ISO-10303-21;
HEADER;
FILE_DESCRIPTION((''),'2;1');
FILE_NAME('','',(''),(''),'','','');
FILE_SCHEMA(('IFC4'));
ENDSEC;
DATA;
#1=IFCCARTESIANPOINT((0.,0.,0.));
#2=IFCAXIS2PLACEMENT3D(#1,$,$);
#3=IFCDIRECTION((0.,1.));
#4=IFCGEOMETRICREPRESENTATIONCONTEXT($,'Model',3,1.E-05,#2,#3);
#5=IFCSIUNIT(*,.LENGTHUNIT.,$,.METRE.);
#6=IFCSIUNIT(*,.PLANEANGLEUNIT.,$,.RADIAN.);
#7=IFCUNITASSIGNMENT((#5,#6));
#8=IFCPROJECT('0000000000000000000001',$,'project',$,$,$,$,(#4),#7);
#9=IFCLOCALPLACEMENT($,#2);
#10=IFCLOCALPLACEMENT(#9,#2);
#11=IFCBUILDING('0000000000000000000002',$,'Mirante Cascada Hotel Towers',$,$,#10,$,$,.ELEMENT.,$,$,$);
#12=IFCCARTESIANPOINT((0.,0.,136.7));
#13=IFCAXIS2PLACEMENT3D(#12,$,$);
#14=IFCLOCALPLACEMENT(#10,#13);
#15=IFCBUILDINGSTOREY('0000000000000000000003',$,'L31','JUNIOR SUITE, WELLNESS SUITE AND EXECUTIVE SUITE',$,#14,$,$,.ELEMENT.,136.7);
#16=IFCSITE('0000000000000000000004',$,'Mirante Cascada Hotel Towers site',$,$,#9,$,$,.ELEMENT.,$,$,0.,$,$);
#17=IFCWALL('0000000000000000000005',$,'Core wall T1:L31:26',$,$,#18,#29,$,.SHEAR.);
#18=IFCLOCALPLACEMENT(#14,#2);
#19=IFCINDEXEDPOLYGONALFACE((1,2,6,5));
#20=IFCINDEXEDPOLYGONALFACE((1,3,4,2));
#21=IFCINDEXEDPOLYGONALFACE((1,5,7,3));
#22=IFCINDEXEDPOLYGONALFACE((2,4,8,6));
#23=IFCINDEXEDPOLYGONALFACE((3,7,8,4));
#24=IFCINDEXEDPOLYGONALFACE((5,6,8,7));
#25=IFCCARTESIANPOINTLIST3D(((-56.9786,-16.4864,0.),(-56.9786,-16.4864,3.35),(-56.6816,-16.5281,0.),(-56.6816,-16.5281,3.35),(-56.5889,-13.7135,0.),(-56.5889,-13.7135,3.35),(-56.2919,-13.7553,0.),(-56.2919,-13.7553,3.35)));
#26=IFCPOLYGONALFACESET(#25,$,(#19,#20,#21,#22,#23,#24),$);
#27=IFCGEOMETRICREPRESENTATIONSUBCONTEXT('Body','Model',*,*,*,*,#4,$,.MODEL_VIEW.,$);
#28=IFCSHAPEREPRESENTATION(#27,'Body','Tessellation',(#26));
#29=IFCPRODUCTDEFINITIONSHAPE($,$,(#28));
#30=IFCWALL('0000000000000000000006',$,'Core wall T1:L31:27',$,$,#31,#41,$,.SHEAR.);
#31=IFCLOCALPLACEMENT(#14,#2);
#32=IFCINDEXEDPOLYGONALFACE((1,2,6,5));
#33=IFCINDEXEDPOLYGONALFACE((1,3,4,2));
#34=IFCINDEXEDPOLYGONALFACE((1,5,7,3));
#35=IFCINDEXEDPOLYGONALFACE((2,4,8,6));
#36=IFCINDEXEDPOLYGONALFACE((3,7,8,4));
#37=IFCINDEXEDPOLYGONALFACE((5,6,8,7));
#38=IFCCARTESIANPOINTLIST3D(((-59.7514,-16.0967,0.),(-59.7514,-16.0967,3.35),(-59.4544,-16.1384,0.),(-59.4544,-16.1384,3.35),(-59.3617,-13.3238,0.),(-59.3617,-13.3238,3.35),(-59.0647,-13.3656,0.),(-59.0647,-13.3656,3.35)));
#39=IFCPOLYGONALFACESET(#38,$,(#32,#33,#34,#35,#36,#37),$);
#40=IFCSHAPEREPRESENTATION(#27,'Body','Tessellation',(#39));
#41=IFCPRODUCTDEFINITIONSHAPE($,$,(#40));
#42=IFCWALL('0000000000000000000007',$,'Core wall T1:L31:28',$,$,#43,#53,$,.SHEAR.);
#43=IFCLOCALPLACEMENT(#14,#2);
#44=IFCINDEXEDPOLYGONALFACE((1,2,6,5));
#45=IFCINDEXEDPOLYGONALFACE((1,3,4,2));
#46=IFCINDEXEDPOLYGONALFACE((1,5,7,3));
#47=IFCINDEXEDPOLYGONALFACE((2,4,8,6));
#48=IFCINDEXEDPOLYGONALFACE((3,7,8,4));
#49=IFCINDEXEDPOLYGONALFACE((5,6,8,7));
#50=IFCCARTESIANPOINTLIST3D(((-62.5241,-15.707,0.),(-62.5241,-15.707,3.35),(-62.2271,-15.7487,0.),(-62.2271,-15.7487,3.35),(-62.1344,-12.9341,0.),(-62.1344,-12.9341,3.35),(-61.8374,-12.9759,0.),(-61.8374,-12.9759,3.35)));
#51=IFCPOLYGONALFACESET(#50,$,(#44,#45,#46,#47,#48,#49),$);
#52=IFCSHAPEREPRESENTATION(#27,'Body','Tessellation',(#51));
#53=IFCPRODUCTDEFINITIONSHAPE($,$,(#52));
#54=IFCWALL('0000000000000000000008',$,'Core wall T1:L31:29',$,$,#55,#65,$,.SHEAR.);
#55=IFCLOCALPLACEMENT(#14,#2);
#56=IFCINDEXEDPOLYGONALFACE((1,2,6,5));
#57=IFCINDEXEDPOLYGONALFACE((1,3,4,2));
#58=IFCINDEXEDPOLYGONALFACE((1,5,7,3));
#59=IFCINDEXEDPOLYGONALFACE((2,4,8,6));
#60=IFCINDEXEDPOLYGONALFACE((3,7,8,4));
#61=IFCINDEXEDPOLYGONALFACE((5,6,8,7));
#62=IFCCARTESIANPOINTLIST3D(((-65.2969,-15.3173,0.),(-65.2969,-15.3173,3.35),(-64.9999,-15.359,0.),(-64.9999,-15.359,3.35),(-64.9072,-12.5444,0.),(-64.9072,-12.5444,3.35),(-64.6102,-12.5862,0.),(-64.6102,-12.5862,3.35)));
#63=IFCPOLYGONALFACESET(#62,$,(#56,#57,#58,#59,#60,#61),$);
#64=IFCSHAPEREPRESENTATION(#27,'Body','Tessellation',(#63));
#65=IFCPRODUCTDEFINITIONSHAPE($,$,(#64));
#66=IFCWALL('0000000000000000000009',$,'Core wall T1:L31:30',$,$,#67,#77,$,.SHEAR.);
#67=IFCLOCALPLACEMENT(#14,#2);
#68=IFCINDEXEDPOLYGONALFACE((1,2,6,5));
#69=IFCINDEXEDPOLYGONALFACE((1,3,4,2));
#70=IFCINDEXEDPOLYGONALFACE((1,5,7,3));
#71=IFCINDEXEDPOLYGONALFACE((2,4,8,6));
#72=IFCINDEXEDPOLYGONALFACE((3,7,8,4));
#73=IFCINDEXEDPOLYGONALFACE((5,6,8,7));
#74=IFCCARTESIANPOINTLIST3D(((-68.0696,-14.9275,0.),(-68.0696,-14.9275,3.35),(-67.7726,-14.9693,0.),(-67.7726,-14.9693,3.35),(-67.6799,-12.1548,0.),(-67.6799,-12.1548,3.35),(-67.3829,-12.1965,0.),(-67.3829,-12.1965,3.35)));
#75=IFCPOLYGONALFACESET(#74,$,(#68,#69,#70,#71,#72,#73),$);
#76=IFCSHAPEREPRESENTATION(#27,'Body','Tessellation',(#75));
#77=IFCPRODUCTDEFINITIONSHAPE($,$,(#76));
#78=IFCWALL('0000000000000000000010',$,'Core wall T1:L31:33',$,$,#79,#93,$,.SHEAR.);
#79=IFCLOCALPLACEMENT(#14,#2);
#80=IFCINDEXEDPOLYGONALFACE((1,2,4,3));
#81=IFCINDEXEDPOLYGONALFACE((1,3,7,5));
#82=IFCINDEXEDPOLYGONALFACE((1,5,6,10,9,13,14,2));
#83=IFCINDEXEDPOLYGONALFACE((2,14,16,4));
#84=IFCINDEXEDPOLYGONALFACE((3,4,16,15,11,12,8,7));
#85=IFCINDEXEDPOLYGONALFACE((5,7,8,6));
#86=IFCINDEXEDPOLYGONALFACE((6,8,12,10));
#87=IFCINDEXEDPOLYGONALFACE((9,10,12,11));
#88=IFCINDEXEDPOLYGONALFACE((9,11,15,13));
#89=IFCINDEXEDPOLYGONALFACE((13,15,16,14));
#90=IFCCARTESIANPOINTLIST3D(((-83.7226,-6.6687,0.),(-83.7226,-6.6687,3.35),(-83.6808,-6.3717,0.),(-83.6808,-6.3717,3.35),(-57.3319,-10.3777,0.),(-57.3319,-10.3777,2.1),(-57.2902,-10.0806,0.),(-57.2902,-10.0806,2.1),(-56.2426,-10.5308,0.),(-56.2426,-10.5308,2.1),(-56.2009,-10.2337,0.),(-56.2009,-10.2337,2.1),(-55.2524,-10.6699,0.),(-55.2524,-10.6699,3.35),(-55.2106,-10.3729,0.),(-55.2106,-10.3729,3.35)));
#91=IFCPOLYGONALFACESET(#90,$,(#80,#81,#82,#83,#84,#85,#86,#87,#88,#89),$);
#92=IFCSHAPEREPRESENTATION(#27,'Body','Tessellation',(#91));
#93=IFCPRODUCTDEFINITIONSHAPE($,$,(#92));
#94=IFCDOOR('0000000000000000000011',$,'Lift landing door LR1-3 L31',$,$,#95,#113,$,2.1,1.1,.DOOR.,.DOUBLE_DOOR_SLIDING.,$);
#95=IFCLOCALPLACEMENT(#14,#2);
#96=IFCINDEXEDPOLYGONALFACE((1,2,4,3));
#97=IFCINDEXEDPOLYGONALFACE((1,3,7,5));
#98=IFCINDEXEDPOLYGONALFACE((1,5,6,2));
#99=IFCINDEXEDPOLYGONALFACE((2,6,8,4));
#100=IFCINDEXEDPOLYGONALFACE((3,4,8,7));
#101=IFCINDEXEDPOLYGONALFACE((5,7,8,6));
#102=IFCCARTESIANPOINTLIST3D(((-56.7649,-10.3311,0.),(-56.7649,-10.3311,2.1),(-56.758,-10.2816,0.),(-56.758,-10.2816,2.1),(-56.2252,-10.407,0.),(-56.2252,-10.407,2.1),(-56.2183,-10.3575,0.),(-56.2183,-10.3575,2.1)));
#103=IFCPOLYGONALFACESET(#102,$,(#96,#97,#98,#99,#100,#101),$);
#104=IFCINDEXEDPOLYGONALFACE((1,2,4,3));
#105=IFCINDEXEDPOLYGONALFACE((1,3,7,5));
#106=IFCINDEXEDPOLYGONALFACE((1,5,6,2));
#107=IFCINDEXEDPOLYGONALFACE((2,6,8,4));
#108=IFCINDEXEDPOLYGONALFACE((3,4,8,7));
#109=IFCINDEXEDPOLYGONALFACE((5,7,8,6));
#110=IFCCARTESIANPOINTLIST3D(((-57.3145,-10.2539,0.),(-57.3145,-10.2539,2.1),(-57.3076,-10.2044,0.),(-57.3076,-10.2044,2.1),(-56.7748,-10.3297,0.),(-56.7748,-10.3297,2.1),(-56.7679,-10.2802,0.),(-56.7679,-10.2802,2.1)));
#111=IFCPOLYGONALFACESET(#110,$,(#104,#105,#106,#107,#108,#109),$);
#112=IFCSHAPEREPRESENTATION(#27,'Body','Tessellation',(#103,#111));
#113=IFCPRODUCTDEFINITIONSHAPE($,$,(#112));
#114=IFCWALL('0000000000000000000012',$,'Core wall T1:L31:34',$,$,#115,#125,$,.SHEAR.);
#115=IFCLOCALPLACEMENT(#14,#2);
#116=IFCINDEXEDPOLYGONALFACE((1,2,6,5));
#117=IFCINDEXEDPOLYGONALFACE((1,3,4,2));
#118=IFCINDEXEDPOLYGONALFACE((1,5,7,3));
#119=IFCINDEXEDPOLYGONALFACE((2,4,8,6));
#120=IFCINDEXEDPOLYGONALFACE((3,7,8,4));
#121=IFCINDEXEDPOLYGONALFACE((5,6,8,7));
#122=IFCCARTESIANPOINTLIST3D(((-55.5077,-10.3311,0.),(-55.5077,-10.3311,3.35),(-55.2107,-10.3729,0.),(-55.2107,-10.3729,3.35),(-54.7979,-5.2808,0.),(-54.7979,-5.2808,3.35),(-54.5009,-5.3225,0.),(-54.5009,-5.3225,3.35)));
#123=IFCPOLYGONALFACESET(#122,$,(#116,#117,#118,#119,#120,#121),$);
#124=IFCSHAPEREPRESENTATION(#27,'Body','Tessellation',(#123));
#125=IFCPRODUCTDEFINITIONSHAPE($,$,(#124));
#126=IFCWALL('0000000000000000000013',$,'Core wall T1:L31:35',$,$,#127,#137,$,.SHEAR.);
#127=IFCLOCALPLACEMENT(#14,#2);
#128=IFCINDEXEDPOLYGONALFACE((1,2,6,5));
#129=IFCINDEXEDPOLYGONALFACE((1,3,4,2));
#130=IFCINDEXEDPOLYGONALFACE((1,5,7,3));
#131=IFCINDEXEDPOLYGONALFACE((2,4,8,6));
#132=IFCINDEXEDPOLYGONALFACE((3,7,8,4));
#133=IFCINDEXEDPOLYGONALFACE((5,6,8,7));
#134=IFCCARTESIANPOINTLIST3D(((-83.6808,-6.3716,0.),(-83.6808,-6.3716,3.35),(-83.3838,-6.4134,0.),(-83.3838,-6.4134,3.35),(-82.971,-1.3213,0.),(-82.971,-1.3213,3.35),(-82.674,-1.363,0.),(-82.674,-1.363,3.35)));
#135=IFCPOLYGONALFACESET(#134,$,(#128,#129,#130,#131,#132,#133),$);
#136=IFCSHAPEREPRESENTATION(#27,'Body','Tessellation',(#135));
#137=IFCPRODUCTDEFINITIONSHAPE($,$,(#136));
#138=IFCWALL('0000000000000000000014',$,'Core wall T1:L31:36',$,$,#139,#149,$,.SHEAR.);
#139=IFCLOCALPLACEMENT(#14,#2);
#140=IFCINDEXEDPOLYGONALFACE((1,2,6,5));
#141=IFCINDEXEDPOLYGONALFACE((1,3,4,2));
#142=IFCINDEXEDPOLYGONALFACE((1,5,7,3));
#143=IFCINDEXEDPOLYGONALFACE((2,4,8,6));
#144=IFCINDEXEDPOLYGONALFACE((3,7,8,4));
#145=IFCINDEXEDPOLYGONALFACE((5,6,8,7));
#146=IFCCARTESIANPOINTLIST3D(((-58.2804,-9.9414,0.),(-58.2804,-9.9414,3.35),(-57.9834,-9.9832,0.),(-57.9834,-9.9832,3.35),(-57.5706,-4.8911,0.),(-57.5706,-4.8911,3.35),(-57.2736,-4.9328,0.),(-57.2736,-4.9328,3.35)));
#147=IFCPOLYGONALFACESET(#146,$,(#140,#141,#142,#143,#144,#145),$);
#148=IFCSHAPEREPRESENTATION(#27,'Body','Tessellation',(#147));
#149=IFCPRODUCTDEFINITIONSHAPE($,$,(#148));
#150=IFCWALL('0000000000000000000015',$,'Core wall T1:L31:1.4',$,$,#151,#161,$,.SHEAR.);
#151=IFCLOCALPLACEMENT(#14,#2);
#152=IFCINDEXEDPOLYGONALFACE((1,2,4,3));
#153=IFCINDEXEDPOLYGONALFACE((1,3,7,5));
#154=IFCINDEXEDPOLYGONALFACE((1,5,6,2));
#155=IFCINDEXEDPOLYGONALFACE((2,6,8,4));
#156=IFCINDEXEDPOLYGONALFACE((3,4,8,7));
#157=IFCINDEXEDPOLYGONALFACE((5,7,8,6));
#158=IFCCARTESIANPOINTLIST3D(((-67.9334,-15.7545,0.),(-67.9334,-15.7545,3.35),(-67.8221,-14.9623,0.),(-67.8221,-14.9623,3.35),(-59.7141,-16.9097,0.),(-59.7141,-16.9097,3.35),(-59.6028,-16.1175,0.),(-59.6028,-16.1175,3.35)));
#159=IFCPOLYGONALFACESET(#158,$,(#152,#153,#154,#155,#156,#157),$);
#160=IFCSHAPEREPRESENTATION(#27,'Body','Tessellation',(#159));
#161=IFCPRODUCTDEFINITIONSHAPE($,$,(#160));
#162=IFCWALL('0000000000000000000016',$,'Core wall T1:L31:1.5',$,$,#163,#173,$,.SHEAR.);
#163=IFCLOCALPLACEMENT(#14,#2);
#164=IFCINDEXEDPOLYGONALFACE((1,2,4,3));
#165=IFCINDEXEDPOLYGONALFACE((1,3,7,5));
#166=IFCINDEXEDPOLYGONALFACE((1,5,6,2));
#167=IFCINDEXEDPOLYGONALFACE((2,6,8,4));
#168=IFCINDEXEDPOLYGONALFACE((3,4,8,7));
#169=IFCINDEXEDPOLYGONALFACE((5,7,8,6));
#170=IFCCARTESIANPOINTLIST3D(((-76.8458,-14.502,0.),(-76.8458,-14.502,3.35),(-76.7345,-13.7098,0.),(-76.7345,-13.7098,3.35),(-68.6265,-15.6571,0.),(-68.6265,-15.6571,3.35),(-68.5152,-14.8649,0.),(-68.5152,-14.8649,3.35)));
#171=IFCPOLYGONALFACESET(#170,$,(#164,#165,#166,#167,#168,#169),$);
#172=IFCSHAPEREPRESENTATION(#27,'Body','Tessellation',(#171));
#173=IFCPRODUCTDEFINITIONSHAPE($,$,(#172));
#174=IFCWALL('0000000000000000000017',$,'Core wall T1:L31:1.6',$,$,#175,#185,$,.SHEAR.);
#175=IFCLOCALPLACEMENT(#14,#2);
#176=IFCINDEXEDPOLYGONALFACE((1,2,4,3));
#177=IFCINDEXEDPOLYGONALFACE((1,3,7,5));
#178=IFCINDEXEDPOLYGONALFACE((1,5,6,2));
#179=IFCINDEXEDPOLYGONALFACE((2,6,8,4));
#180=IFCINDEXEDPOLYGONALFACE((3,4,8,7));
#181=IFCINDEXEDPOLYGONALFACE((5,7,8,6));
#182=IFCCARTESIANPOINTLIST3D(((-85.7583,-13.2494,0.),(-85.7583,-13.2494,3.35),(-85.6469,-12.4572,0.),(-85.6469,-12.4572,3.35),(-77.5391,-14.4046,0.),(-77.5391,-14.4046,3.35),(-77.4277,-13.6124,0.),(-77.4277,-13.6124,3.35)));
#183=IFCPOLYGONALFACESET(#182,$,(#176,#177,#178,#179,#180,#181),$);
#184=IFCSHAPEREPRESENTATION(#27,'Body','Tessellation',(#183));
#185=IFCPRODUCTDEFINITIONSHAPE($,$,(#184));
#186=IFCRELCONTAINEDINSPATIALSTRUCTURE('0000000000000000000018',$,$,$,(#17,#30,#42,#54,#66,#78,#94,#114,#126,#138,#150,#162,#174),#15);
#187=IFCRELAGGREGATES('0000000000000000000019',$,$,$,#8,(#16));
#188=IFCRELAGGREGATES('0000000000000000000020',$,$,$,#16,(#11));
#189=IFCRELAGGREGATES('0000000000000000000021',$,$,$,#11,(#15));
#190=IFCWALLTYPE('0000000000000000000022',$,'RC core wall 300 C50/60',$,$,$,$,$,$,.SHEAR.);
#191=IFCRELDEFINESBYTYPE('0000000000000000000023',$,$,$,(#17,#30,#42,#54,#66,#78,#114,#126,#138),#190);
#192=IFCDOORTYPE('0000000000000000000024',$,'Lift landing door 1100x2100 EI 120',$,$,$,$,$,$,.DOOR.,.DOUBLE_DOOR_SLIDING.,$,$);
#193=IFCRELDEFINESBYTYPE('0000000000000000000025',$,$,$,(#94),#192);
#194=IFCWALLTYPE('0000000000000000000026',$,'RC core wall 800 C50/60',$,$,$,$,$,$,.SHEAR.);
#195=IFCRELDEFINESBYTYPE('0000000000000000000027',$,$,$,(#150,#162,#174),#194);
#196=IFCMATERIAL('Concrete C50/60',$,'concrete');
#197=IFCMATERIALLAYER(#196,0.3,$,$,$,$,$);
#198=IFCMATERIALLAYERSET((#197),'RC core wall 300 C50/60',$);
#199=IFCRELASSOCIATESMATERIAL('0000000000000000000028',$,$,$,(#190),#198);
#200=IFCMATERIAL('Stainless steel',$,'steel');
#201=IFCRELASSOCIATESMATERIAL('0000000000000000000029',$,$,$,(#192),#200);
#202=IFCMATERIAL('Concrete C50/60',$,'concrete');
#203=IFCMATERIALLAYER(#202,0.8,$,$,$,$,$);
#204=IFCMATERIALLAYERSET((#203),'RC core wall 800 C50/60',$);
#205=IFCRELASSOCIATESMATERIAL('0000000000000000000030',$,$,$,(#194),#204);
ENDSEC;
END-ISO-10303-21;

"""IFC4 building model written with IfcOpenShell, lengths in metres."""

from ifc_helpers import new_model, si_unit, direction, frame, frame_2d, origin, place, context, subcontext, project, spatial, rectangle, extrude, material, layer, layer_set, type_object, element, fill, save


model = new_model("IFC4")

# Units and contexts
model_context = context("Model", 3, precision=1e-05, world=origin(), true_north=direction((0.0, 1.0)))
body_context = subcontext(model_context, "Body", "Model", "MODEL_VIEW")
ifc_project = project(units=[si_unit("LENGTHUNIT", "METRE"), si_unit("PLANEANGLEUNIT", "RADIAN")], contexts=[model_context])

# Site, building, storey
site_placement = place(None, origin())
site = spatial("IfcSite", under=ifc_project, at=site_placement, Name="Mirante Cascada Hotel Towers site", CompositionType="ELEMENT", RefElevation=0.0)
building_placement = place(site_placement, origin())
building = spatial("IfcBuilding", under=site, at=building_placement, Name="Mirante Cascada Hotel Towers", CompositionType="ELEMENT")
storey_placement = place(building_placement, frame((0.0, 0.0, 136.7)))
storey = spatial("IfcBuildingStorey", under=building, at=storey_placement, Name="L31", Description="JUNIOR SUITE, WELLNESS SUITE AND EXECUTIVE SUITE", CompositionType="ELEMENT", Elevation=136.7)

# Walls
ifc_material_1 = material(Name="Concrete C50/60", Category="concrete")
ifc_layer_1 = layer(ifc_material_1, 0.3)
ifc_layer_set_1 = layer_set([ifc_layer_1], Name="RC core wall 300 C50/60")
wall_type_1 = type_object("IfcWallType", Name="RC core wall 300 C50/60", PredefinedType="SHEAR", material=ifc_layer_set_1)
for number, where, z_axis, x_axis, name in (
    (1, (-56.8301, -16.5072, 0.0), (0.0, 0.0, 1.0), (0.139176, 0.990268, 0.0), "Core wall T1:L31:26"),
    (2, (-59.6029, -16.1175, 0.0), (0.0, 0.0, 1.0), (0.139176, 0.990268, 0.0), "Core wall T1:L31:27"),
    (3, (-62.3756, -15.7278, 0.0), (0.0, 0.0, 1.0), (0.139176, 0.990268, 0.0), "Core wall T1:L31:28"),
    (4, (-65.1484, -15.3381, 0.0), (0.0, 0.0, 1.0), (0.139176, 0.990268, 0.0), "Core wall T1:L31:29"),
):
    element("IfcWall", number, at=place(storey_placement, frame(where, z_axis=z_axis, x_axis=x_axis)), inside=storey, type_object=wall_type_1, Name=name, PredefinedType="SHEAR", context=body_context, shape_type="SweptSolid", body=[
        extrude(rectangle(XDim=2.8001, YDim=0.3, at=frame_2d((1.4, 0.0))), origin(), (0.0, 0.0, 1.0), 3.35),
    ])
wall_1_placement = place(storey_placement, frame((-67.9211, -14.9484, 0.0), z_axis=(0.0, 0.0, 1.0), x_axis=(0.139181, 0.990267, 0.0)))
element("IfcWall", 5, at=wall_1_placement, inside=storey, type_object=wall_type_1, Name="Core wall T1:L31:30", PredefinedType="SHEAR", context=body_context, shape_type="SweptSolid", body=[
    extrude(rectangle(XDim=2.8, YDim=0.3, at=frame_2d((1.4, 0.0))), origin(), (0.0, 0.0, 1.0), 3.35),
])

# Wall, opening, door
wall_2_placement = place(storey_placement, frame((-55.2315, -10.5214, 0.0), z_axis=(0.0, 0.0, 1.0), x_axis=(-0.990268, 0.139172, 0.0)))
wall_2 = element("IfcWall", 6, at=wall_2_placement, inside=storey, type_object=wall_type_1, Name="Core wall T1:L31:33", PredefinedType="SHEAR", context=body_context, shape_type="SweptSolid", body=[
    extrude(rectangle(XDim=28.75, YDim=0.3, at=frame_2d((14.375, 0.0))), origin(), (0.0, 0.0, 1.0), 3.35),
])
opening_placement = place(wall_2_placement, frame((1.0, 0.0, 0.0)))
opening = element("IfcOpeningElement", 7, at=opening_placement, cuts=wall_2, PredefinedType="OPENING", context=body_context, shape_type="SweptSolid", body=[
    extrude(rectangle(XDim=1.1, YDim=2.1, at=frame_2d((0.55, 1.05))), frame((0.0, 0.15, 0.0), z_axis=(0.0, -1.0, 0.0), x_axis=(1.0, 0.0, 0.0)), (0.0, 0.0, 1.0), 0.3),
])
ifc_material_2 = material(Name="Stainless steel", Category="steel")
door_type = type_object("IfcDoorType", Name="Lift landing door 1100x2100 EI 120", OperationType="DOUBLE_DOOR_SLIDING", PredefinedType="DOOR", material=ifc_material_2)
door_placement = place(opening_placement, origin())
door = element("IfcDoor", 8, at=door_placement, inside=storey, type_object=door_type, Name="Lift landing door LR1-3 L31", OperationType="DOUBLE_DOOR_SLIDING", OverallHeight=2.1, OverallWidth=1.1, PredefinedType="DOOR", context=body_context, shape_type="SweptSolid", body=[
    extrude(rectangle(XDim=0.545, YDim=2.1, at=frame_2d((0.2725, 1.05))), frame((0.0, 0.025, 0.0), z_axis=(0.0, -1.0, 0.0), x_axis=(1.0, 0.0, 0.0)), (0.0, 0.0, 1.0), 0.05),
    extrude(rectangle(XDim=0.545, YDim=2.1, at=frame_2d((0.8275, 1.05))), frame((0.0, 0.025, 0.0), z_axis=(0.0, -1.0, 0.0), x_axis=(1.0, 0.0, 0.0)), (0.0, 0.0, 1.0), 0.05),
])
fill(opening, door)

# Walls
for number, where, z_axis, x_axis, name in (
    (9, (-55.3592, -10.352, 0.0), (0.0, 0.0, 1.0), (0.139176, 0.990268, 0.0), "Core wall T1:L31:34"),
    (10, (-83.5323, -6.3925, 0.0), (0.0, 0.0, 1.0), (0.139176, 0.990268, 0.0), "Core wall T1:L31:35"),
    (11, (-58.1319, -9.9623, 0.0), (0.0, 0.0, 1.0), (0.139176, 0.990268, 0.0), "Core wall T1:L31:36"),
):
    element("IfcWall", number, at=place(storey_placement, frame(where, z_axis=z_axis, x_axis=x_axis)), inside=storey, type_object=wall_type_1, Name=name, PredefinedType="SHEAR", context=body_context, shape_type="SweptSolid", body=[
        extrude(rectangle(XDim=5.1, YDim=0.3, at=frame_2d((2.55, 0.0))), origin(), (0.0, 0.0, 1.0), 3.35),
    ])
ifc_material_3 = material(Name="Concrete C50/60", Category="concrete")
ifc_layer_2 = layer(ifc_material_3, 0.8)
ifc_layer_set_2 = layer_set([ifc_layer_2], Name="RC core wall 800 C50/60")
wall_type_2 = type_object("IfcWallType", Name="RC core wall 800 C50/60", PredefinedType="SHEAR", material=ifc_layer_set_2)
for number, where, z_axis, x_axis, name in (
    (12, (-59.6585, -16.5136, 0.0), (0.0, 0.0, 1.0), (-0.990267, 0.139179, 0.0), "Core wall T1:L31:1.4"),
    (13, (-68.5709, -15.261, 0.0), (0.0, 0.0, 1.0), (-0.990269, 0.139167, 0.0), "Core wall T1:L31:1.5"),
):
    element("IfcWall", number, at=place(storey_placement, frame(where, z_axis=z_axis, x_axis=x_axis)), inside=storey, type_object=wall_type_2, Name=name, PredefinedType="SHEAR", context=body_context, shape_type="SweptSolid", body=[
        extrude(rectangle(XDim=8.3001, YDim=0.8, at=frame_2d((4.15, 0.0))), origin(), (0.0, 0.0, 1.0), 3.35),
    ])
wall_3_placement = place(storey_placement, frame((-77.4834, -14.0085, 0.0), z_axis=(0.0, 0.0, 1.0), x_axis=(-0.990267, 0.139181, 0.0)))
element("IfcWall", 14, at=wall_3_placement, inside=storey, type_object=wall_type_2, Name="Core wall T1:L31:1.6", PredefinedType="SHEAR", context=body_context, shape_type="SweptSolid", body=[
    extrude(rectangle(XDim=8.3, YDim=0.8, at=frame_2d((4.15, 0.0))), origin(), (0.0, 0.0, 1.0), 3.35),
])

save(model, "model.ifc")
